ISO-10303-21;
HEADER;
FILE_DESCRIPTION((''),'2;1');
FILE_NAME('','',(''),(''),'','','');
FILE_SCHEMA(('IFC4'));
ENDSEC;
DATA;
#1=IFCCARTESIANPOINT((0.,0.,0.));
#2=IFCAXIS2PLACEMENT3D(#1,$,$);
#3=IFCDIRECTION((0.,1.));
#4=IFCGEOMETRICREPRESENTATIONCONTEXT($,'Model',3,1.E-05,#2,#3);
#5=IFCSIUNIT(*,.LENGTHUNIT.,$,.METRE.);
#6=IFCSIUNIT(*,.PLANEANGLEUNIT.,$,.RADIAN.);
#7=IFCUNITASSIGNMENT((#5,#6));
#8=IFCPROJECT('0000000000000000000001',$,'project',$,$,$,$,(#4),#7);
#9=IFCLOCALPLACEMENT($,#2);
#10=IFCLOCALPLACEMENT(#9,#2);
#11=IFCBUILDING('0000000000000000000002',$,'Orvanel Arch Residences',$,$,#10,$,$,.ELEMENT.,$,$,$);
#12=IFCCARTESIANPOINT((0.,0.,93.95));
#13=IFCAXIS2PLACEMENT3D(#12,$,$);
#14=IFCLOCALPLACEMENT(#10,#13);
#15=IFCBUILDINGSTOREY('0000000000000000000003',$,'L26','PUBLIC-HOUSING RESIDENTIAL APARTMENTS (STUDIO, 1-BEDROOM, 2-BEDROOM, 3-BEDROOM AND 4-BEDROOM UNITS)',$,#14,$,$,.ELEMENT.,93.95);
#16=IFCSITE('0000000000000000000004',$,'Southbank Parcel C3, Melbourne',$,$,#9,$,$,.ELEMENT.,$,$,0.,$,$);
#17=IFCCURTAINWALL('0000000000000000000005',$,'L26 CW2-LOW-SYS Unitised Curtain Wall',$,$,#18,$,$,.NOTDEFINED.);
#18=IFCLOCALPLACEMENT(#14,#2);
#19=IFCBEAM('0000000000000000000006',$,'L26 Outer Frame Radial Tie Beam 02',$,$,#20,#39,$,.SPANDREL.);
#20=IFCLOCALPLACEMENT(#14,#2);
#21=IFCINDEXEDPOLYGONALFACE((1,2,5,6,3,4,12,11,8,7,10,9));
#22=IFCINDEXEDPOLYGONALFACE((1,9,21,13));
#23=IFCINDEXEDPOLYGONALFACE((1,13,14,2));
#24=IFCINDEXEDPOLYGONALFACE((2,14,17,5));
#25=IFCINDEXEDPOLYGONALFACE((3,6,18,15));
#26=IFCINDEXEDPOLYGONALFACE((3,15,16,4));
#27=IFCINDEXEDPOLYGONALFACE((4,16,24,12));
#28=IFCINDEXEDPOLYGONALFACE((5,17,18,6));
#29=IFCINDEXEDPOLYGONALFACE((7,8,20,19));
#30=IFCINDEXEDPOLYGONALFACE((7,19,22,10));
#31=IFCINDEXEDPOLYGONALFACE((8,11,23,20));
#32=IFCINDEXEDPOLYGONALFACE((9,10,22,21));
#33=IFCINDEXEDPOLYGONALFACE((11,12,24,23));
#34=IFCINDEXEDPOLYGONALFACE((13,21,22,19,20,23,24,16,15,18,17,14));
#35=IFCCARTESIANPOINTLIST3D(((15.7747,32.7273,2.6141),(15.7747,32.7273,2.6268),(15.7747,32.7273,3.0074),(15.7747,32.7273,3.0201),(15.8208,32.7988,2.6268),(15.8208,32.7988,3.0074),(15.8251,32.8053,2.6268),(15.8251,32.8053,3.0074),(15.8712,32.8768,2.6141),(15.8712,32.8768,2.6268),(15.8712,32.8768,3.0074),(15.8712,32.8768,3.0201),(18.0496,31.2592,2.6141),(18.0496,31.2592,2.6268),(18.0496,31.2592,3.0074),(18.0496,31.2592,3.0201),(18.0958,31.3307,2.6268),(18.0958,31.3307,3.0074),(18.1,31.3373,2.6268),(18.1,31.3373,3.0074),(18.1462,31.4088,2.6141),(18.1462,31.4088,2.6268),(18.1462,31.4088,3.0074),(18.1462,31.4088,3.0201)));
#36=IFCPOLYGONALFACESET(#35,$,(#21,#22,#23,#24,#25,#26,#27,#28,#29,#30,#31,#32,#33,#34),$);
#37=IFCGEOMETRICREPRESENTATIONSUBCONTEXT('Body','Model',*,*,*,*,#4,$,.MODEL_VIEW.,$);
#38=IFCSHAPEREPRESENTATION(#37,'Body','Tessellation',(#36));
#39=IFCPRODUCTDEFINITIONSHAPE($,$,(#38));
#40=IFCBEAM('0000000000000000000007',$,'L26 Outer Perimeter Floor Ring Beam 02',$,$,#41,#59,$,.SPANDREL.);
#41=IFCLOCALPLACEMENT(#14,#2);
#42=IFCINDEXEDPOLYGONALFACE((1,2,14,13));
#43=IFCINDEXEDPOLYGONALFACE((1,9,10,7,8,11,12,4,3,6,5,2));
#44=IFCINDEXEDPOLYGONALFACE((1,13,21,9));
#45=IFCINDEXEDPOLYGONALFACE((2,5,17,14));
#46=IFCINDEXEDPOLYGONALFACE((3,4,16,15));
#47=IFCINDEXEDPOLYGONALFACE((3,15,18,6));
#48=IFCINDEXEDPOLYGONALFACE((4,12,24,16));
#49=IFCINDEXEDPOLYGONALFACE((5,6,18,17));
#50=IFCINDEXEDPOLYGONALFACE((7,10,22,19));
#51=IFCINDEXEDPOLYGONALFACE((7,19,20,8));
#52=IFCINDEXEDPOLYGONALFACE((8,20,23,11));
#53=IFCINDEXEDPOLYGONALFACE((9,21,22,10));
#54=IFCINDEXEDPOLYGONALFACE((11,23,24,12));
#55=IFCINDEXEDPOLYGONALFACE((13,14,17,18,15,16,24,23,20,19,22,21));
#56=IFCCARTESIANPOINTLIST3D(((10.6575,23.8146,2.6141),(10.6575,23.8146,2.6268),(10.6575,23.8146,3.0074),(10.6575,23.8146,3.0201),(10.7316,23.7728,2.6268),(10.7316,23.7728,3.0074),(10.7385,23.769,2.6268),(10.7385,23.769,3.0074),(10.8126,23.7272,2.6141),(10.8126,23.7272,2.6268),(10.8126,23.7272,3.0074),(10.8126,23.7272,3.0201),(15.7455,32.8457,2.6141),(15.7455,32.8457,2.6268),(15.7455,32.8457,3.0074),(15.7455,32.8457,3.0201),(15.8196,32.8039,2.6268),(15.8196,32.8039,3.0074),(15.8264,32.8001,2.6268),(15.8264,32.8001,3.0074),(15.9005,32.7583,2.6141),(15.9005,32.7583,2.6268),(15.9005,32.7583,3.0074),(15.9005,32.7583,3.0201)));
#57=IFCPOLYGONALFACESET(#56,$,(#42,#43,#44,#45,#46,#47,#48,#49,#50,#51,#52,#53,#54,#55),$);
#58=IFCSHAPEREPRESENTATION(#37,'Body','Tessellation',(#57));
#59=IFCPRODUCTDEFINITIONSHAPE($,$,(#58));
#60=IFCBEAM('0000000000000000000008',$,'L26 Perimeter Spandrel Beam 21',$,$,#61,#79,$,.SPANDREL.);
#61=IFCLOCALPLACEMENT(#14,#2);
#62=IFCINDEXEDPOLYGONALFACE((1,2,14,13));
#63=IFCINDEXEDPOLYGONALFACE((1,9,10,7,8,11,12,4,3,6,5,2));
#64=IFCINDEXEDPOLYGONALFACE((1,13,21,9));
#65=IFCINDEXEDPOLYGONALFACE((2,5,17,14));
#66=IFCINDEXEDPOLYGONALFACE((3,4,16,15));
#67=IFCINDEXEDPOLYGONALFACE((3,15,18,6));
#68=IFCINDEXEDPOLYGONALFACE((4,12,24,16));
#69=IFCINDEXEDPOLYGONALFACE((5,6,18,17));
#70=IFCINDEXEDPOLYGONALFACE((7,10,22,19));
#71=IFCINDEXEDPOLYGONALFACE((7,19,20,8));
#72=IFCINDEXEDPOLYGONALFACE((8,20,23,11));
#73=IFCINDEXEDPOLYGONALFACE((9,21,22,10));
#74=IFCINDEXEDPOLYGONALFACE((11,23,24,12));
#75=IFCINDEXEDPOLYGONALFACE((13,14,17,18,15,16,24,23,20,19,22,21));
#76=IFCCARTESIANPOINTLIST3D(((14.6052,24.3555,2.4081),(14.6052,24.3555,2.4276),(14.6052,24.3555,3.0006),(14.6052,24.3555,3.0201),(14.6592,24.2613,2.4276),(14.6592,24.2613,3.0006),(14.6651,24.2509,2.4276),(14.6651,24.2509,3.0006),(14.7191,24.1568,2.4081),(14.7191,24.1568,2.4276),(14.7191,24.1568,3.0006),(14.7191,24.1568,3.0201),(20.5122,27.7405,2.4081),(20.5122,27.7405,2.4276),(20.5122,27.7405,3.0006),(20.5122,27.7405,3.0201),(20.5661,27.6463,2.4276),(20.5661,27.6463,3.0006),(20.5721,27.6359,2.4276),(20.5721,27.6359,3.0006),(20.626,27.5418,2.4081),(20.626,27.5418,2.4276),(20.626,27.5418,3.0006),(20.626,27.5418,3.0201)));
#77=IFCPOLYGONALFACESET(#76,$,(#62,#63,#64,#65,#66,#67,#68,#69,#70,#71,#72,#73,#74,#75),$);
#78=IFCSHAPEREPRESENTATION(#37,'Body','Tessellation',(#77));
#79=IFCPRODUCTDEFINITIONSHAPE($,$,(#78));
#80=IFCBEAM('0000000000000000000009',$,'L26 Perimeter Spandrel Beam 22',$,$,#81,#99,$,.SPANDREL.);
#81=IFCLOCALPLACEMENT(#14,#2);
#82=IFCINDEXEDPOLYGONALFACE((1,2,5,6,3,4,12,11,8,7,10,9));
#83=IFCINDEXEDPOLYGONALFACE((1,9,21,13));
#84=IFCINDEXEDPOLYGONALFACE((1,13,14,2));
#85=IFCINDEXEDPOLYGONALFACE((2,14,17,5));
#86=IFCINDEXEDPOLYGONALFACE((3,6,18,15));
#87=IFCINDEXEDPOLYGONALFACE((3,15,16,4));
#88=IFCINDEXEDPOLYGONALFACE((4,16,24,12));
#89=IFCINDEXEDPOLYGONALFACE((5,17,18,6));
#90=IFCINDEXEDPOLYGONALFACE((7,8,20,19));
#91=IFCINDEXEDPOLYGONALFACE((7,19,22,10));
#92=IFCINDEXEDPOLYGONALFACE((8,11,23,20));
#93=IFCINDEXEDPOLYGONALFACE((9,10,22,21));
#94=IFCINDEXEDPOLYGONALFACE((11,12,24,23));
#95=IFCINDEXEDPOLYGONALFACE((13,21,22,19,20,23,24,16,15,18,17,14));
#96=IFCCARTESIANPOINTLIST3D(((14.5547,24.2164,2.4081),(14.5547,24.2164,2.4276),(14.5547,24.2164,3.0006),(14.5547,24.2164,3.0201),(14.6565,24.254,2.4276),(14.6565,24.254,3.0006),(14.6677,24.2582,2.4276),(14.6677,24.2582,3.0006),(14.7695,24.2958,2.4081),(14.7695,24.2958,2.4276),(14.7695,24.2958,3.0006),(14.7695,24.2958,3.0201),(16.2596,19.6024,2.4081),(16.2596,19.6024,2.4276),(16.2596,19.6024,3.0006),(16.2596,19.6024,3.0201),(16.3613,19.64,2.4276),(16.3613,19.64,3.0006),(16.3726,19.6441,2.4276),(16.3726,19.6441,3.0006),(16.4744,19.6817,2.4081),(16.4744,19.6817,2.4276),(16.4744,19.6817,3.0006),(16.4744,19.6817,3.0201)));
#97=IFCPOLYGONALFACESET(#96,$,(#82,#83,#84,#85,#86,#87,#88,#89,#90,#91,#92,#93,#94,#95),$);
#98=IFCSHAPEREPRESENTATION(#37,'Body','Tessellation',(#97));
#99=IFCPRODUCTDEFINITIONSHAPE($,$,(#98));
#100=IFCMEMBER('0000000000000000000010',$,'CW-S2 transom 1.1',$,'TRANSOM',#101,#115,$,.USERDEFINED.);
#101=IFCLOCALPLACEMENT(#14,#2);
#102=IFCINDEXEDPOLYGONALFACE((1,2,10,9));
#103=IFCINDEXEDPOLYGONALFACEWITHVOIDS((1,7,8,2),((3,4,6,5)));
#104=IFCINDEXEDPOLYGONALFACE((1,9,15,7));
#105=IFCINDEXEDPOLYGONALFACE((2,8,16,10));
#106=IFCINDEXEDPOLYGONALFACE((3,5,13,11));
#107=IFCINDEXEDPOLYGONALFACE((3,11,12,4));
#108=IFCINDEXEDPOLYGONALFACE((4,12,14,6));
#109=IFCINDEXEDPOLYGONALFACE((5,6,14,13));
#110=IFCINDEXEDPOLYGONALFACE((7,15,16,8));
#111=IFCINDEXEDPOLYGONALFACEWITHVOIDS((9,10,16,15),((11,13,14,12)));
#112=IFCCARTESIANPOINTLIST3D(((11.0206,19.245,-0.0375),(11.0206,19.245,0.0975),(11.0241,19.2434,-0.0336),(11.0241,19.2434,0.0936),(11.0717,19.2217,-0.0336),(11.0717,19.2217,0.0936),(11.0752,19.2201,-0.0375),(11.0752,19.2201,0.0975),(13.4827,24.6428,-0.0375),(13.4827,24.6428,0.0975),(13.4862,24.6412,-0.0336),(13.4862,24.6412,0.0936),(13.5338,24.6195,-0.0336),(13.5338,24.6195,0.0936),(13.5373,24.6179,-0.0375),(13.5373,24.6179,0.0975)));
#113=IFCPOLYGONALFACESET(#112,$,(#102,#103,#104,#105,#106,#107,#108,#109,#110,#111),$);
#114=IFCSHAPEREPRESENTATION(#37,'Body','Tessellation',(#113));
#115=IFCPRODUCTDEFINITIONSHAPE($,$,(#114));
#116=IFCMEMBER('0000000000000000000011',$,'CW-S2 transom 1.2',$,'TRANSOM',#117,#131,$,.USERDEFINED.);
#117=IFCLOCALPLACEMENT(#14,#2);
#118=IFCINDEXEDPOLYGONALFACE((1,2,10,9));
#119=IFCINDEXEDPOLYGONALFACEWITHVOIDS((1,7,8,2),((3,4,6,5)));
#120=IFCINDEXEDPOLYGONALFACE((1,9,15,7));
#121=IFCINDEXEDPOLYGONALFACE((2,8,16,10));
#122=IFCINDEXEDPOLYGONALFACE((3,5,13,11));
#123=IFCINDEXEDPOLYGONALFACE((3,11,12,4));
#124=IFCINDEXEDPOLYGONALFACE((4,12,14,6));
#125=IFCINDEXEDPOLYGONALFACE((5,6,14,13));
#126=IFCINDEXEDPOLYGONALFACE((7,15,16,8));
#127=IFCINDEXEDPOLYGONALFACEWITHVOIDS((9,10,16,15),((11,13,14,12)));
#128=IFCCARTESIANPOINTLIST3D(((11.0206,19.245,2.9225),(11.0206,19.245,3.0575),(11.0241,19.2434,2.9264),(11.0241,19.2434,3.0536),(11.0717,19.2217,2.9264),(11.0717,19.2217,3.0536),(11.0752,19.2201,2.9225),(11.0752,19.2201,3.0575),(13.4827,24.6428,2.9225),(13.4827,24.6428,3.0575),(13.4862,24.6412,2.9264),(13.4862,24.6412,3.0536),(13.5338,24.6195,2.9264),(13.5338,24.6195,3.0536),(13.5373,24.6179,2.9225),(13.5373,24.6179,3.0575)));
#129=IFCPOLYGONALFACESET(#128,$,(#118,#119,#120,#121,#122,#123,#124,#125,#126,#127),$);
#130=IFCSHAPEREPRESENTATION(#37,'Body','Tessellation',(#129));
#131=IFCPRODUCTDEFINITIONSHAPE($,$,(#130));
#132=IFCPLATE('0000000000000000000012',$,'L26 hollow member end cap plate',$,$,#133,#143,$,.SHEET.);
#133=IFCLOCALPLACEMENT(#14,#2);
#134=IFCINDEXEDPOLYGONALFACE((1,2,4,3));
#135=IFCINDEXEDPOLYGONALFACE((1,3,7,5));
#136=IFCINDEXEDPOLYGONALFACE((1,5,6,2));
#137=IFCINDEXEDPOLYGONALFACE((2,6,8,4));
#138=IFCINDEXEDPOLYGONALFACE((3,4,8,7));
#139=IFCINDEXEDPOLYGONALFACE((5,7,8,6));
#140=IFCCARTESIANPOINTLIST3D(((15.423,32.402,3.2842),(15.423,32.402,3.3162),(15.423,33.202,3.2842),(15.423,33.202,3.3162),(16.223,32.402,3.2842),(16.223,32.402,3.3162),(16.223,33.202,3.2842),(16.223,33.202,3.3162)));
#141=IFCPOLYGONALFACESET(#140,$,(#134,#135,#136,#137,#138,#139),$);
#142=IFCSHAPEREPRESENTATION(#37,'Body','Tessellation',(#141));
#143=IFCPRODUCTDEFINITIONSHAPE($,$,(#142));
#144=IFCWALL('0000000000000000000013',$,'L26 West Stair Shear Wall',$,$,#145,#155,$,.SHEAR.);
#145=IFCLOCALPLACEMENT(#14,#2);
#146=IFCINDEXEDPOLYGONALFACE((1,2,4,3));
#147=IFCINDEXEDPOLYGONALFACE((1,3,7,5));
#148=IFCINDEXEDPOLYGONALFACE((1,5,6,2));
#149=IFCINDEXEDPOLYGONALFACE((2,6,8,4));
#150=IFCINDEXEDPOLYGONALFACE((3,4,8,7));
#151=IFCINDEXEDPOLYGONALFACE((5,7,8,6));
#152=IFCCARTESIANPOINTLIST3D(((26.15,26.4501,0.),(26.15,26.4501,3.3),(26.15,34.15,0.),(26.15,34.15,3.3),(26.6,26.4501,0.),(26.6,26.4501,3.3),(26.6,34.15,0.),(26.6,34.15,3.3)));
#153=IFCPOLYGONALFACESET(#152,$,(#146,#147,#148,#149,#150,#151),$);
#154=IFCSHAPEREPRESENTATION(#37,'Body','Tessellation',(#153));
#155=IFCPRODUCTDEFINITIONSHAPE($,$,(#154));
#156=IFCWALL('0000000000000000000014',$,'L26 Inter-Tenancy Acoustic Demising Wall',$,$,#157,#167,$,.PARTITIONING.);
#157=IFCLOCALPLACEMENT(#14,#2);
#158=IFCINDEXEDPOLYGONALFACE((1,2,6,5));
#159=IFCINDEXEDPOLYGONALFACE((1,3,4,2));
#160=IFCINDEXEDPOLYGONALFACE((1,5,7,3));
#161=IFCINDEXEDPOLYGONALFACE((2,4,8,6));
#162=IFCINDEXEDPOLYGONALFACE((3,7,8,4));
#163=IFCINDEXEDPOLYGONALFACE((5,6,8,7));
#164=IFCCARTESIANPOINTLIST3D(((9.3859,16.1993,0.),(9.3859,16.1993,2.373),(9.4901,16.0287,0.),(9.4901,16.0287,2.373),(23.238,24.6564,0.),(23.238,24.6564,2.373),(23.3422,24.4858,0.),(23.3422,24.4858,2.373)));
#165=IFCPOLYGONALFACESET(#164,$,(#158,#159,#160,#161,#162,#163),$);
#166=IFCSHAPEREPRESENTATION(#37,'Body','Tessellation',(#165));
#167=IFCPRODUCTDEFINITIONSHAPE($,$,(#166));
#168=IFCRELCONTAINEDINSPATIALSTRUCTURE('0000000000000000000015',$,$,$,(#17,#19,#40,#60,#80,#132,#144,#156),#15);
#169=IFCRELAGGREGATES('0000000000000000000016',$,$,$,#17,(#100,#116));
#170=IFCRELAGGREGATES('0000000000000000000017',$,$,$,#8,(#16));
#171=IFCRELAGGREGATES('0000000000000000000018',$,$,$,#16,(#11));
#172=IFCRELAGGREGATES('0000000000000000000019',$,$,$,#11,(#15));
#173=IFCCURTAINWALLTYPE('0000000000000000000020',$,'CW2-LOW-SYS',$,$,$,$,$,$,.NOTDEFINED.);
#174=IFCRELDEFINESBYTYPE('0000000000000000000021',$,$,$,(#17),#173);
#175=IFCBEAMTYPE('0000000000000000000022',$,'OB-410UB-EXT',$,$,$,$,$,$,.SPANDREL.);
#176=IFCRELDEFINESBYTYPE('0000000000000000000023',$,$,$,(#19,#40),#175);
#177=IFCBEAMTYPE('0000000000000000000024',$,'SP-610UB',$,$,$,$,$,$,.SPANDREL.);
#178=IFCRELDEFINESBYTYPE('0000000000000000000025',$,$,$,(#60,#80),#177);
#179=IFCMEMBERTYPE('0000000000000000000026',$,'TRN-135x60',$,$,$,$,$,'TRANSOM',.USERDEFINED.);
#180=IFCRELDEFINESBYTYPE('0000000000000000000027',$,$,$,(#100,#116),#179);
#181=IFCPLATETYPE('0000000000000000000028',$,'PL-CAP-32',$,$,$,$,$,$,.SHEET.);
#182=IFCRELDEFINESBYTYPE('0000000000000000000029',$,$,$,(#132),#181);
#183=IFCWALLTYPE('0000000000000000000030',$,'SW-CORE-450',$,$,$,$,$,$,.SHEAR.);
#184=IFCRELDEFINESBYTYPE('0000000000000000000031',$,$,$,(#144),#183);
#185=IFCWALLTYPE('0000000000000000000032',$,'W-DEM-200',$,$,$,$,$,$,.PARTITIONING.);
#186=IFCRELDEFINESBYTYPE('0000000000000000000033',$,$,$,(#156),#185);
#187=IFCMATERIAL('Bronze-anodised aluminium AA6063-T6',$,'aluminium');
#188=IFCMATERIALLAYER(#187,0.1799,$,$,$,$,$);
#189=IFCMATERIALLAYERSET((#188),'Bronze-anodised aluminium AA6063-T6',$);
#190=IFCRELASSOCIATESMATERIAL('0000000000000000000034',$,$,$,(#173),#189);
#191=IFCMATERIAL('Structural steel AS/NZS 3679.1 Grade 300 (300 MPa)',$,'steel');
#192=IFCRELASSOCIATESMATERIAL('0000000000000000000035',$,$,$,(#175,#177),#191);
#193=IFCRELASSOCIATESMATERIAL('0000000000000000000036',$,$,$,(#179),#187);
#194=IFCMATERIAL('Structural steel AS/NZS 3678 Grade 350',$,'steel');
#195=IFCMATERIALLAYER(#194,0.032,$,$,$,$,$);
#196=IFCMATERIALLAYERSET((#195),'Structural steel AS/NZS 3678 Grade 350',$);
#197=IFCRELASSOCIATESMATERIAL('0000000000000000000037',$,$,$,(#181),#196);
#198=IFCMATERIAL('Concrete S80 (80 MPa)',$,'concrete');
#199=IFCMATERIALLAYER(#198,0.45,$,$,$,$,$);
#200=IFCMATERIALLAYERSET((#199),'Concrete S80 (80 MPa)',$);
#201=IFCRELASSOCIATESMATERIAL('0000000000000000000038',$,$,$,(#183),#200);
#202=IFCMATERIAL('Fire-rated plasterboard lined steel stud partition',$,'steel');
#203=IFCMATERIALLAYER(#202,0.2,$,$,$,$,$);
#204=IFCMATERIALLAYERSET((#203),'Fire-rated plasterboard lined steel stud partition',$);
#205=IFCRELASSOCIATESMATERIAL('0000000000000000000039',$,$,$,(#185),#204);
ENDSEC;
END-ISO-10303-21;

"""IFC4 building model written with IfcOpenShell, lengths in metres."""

from ifc_helpers import new_model, si_unit, direction, frame, frame_2d, origin, origin_2d, place, context, subcontext, project, spatial, rectangle, hollow_rectangle, i_section, extrude, material, layer, layer_set, material_profile, profile_set, type_object, element, aggregate, save


model = new_model("IFC4")

# Units and contexts
model_context = context("Model", 3, precision=1e-05, world=origin(), true_north=direction((0.0, 1.0)))
body_context = subcontext(model_context, "Body", "Model", "MODEL_VIEW")
ifc_project = project(units=[si_unit("LENGTHUNIT", "METRE"), si_unit("PLANEANGLEUNIT", "RADIAN")], contexts=[model_context])

# Site, building, storey
site_placement = place(None, origin())
site = spatial("IfcSite", under=ifc_project, at=site_placement, Name="Southbank Parcel C3, Melbourne", CompositionType="ELEMENT", RefElevation=0.0)
building_placement = place(site_placement, origin())
building = spatial("IfcBuilding", under=site, at=building_placement, Name="Orvanel Arch Residences", CompositionType="ELEMENT")
storey_placement = place(building_placement, frame((0.0, 0.0, 93.95)))
storey = spatial("IfcBuildingStorey", under=building, at=storey_placement, Name="L26", Description="PUBLIC-HOUSING RESIDENTIAL APARTMENTS (STUDIO, 1-BEDROOM, 2-BEDROOM, 3-BEDROOM AND 4-BEDROOM UNITS)", CompositionType="ELEMENT", Elevation=93.95)

# Shared definitions
ifc_material_1 = material(Name="Structural steel AS/NZS 3679.1 Grade 300 (300 MPa)", Category="steel")

# Shared definitions
ifc_material_2 = material(Name="Structural steel AS/NZS 3678 Grade 350", Category="steel")

# Curtain wall
ifc_material_3 = material(Name="Bronze-anodised aluminium AA6063-T6", Category="aluminium")
ifc_layer_1 = layer(ifc_material_3, 0.1799)
ifc_layer_set_1 = layer_set([ifc_layer_1], Name="Bronze-anodised aluminium AA6063-T6")
curtain_wall_type = type_object("IfcCurtainWallType", Name="CW2-LOW-SYS", PredefinedType="NOTDEFINED", material=ifc_layer_set_1)
curtain_wall_placement = place(storey_placement, origin())
curtain_wall = element("IfcCurtainWall", 1, at=curtain_wall_placement, inside=storey, type_object=curtain_wall_type, Name="L26 CW2-LOW-SYS Unitised Curtain Wall", PredefinedType="NOTDEFINED")

# Beams
ifc_material_profile_1 = material_profile(ifc_material_1, i_section(OverallWidth=0.178, OverallDepth=0.406, WebThickness=0.0078, FlangeThickness=0.0127, at=origin_2d()), Name="410UB59.7")
ifc_profile_set_1 = profile_set([ifc_material_profile_1], Name="Structural steel AS/NZS 3679.1 Grade 300 (300 MPa)")
beam_type_1 = type_object("IfcBeamType", Name="OB-410UB-EXT", PredefinedType="SPANDREL", material=ifc_profile_set_1)
beam_1_placement = place(storey_placement, frame((18.0979, 31.334, 2.8171), z_axis=(-0.84024, 0.542215, 0.0), x_axis=(-0.542215, -0.84024, 0.0)))
element("IfcBeam", 2, at=beam_1_placement, inside=storey, type_object=beam_type_1, Name="L26 Outer Frame Radial Tie Beam 02", PredefinedType="SPANDREL", context=body_context, shape_type="SweptSolid", body=[
    extrude(i_section(OverallWidth=0.178, OverallDepth=0.406, WebThickness=0.0078, FlangeThickness=0.0127, at=origin_2d()), origin(), (0.0, 0.0, 1.0), 2.7075),
])
beam_2_placement = place(storey_placement, frame((15.823, 32.802, 2.8171), z_axis=(-0.490844, -0.871248, 0.0), x_axis=(0.871248, -0.490844, 0.0)))
element("IfcBeam", 3, at=beam_2_placement, inside=storey, type_object=beam_type_1, Name="L26 Outer Perimeter Floor Ring Beam 02", PredefinedType="SPANDREL", context=body_context, shape_type="SweptSolid", body=[
    extrude(i_section(OverallWidth=0.178, OverallDepth=0.406, WebThickness=0.0078, FlangeThickness=0.0127, at=origin_2d()), origin(), (0.0, 0.0, 1.0), 10.3657),
])
ifc_material_profile_2 = material_profile(ifc_material_1, i_section(OverallWidth=0.229, OverallDepth=0.6121, WebThickness=0.012, FlangeThickness=0.0195, at=origin_2d()), Name="610UB125")
ifc_profile_set_2 = profile_set([ifc_material_profile_2], Name="Structural steel AS/NZS 3679.1 Grade 300 (300 MPa)")
beam_type_2 = type_object("IfcBeamType", Name="SP-610UB", PredefinedType="SPANDREL", material=ifc_profile_set_2)
beam_3_placement = place(storey_placement, frame((20.5691, 27.6411, 2.7141), z_axis=(-0.867636, -0.497201, 0.0), x_axis=(0.497201, -0.867636, 0.0)))
element("IfcBeam", 4, at=beam_3_placement, inside=storey, type_object=beam_type_2, Name="L26 Perimeter Spandrel Beam 21", PredefinedType="SPANDREL", context=body_context, shape_type="SweptSolid", body=[
    extrude(i_section(OverallWidth=0.229, OverallDepth=0.6121, WebThickness=0.012, FlangeThickness=0.0195, at=origin_2d()), origin(), (0.0, 0.0, 1.0), 6.8081),
])
beam_4_placement = place(storey_placement, frame((14.6621, 24.2561, 2.7141), z_axis=(0.346588, -0.938017, 0.0), x_axis=(0.938017, 0.346588, 0.0)))
element("IfcBeam", 5, at=beam_4_placement, inside=storey, type_object=beam_type_2, Name="L26 Perimeter Spandrel Beam 22", PredefinedType="SPANDREL", context=body_context, shape_type="SweptSolid", body=[
    extrude(i_section(OverallWidth=0.229, OverallDepth=0.6121, WebThickness=0.012, FlangeThickness=0.0195, at=origin_2d()), origin(), (0.0, 0.0, 1.0), 4.9189),
])

# Members
ifc_material_profile_3 = material_profile(ifc_material_3, hollow_rectangle(XDim=0.0601, YDim=0.135, WallThickness=0.0039, at=origin_2d()), Name="ALU135x60x4")
ifc_profile_set_3 = profile_set([ifc_material_profile_3], Name="Bronze-anodised aluminium AA6063-T6")
member_type_1 = type_object("IfcMemberType", Name="TRN-135x60", ElementType="TRANSOM", PredefinedType="USERDEFINED", material=ifc_profile_set_3)
member_1_placement = place(storey_placement, frame((13.51, 24.6304, 0.03), z_axis=(-0.414996, -0.909823, 0.0), x_axis=(0.909823, -0.414996, 0.0)))
member_1 = element("IfcMember", 6, at=member_1_placement, type_object=member_type_1, Name="CW-S2 transom 1.1", ObjectType="TRANSOM", PredefinedType="USERDEFINED", context=body_context, shape_type="SweptSolid", body=[
    extrude(hollow_rectangle(XDim=0.0601, YDim=0.135, WallThickness=0.0039, at=origin_2d()), origin(), (0.0, 0.0, 1.0), 5.9329),
])
member_2_placement = place(storey_placement, frame((13.51, 24.6304, 2.99), z_axis=(-0.414996, -0.909823, 0.0), x_axis=(0.909823, -0.414996, 0.0)))
member_2 = element("IfcMember", 7, at=member_2_placement, type_object=member_type_1, Name="CW-S2 transom 1.2", ObjectType="TRANSOM", PredefinedType="USERDEFINED", context=body_context, shape_type="SweptSolid", body=[
    extrude(hollow_rectangle(XDim=0.0601, YDim=0.135, WallThickness=0.0039, at=origin_2d()), origin(), (0.0, 0.0, 1.0), 5.9329),
])
aggregate(curtain_wall, [member_1, member_2])

# Plate
ifc_layer_2 = layer(ifc_material_2, 0.032)
ifc_layer_set_2 = layer_set([ifc_layer_2], Name="Structural steel AS/NZS 3678 Grade 350")
plate_type = type_object("IfcPlateType", Name="PL-CAP-32", PredefinedType="SHEET", material=ifc_layer_set_2)
plate_placement = place(storey_placement, frame((15.823, 32.802, 3.2842), z_axis=(0.0, 0.0, 1.0), x_axis=(1.0, 0.0, 0.0)))
element("IfcPlate", 8, at=plate_placement, inside=storey, type_object=plate_type, Name="L26 hollow member end cap plate", PredefinedType="SHEET", context=body_context, shape_type="SweptSolid", body=[
    extrude(rectangle(XDim=0.8, YDim=0.8, at=origin_2d()), origin(), (0.0, 0.0, 1.0), 0.032),
])

# Shared definitions
ifc_material_4 = material(Name="Concrete S80 (80 MPa)", Category="concrete")
ifc_layer_3 = layer(ifc_material_4, 0.45)
ifc_layer_set_3 = layer_set([ifc_layer_3], Name="Concrete S80 (80 MPa)")
wall_type_1 = type_object("IfcWallType", Name="SW-CORE-450", PredefinedType="SHEAR", material=ifc_layer_set_3)

# Walls
wall_1_placement = place(storey_placement, frame((26.375, 26.45, 0.0), z_axis=(0.0, 0.0, 1.0), x_axis=(0.0, 1.0, 0.0)))
element("IfcWall", 9, at=wall_1_placement, inside=storey, type_object=wall_type_1, Name="L26 West Stair Shear Wall", PredefinedType="SHEAR", context=body_context, shape_type="SweptSolid", body=[
    extrude(rectangle(XDim=7.7, YDim=0.45, at=frame_2d((3.8501, 0.0))), origin(), (0.0, 0.0, 1.0), 3.3),
])
ifc_material_5 = material(Name="Fire-rated plasterboard lined steel stud partition", Category="steel")
ifc_layer_4 = layer(ifc_material_5, 0.2)
ifc_layer_set_4 = layer_set([ifc_layer_4], Name="Fire-rated plasterboard lined steel stud partition")
wall_type_2 = type_object("IfcWallType", Name="W-DEM-200", PredefinedType="PARTITIONING", material=ifc_layer_set_4)
wall_2_placement = place(storey_placement, frame((23.29, 24.571, 0.0), z_axis=(0.0, 0.0, 1.0), x_axis=(-0.853504, -0.521086, 0.0)))
element("IfcWall", 10, at=wall_2_placement, inside=storey, type_object=wall_type_2, Name="L26 Inter-Tenancy Acoustic Demising Wall", PredefinedType="PARTITIONING", context=body_context, shape_type="SweptSolid", body=[
    extrude(rectangle(XDim=16.2297, YDim=0.2, at=frame_2d((8.1147, 0.0))), origin(), (0.0, 0.0, 1.0), 2.373),
])

save(model, "model.ifc")
